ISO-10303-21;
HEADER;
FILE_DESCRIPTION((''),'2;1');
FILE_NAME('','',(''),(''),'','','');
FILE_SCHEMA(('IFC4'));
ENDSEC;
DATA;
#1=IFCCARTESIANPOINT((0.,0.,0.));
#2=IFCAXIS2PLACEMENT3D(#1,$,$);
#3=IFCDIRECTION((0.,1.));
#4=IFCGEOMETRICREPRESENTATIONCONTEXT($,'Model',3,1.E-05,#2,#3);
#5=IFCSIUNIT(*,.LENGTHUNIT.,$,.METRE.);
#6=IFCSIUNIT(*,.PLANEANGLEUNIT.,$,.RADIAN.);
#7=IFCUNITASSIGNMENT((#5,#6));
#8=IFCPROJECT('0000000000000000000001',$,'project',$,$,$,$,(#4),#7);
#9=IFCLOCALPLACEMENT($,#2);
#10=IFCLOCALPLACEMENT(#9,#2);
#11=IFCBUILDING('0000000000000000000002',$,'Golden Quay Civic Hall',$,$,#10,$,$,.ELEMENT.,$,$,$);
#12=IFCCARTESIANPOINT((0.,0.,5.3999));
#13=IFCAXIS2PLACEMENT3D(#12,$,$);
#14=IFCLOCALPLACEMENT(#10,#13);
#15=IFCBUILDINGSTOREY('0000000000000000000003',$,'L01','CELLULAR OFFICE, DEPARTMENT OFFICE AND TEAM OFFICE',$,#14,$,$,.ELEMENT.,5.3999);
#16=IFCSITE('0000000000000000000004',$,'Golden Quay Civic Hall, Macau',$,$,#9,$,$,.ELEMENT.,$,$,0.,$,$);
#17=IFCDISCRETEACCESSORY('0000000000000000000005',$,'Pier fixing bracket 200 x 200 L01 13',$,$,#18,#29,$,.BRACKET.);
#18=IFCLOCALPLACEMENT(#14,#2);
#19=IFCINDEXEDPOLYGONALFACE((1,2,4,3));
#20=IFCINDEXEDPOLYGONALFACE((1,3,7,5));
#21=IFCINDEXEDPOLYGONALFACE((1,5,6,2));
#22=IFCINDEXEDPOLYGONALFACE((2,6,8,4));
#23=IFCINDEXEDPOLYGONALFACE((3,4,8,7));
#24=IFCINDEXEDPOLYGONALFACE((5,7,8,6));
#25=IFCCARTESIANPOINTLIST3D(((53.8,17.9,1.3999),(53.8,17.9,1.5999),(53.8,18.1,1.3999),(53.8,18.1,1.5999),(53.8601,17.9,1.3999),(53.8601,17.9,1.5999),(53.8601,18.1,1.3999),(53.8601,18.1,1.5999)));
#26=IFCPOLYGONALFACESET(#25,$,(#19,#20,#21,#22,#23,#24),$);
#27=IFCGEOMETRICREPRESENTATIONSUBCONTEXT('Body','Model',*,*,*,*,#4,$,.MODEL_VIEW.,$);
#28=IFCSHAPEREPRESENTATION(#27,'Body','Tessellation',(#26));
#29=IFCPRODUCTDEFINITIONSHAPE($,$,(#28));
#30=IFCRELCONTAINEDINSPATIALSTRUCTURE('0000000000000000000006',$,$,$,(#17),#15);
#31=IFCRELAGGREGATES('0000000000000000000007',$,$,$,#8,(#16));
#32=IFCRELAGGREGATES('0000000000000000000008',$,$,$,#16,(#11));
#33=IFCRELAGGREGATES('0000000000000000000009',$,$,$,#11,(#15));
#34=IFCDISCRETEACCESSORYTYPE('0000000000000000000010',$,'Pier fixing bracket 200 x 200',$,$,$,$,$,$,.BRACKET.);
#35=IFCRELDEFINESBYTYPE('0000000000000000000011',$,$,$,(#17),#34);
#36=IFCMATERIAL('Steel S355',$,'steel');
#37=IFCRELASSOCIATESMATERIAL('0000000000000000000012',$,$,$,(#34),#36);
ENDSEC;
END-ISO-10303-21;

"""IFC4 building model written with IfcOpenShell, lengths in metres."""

from ifc_helpers import new_model, si_unit, direction, frame, origin, origin_2d, place, context, subcontext, project, spatial, rectangle, extrude, material, type_object, element, save


model = new_model("IFC4")

# Units and contexts
model_context = context("Model", 3, precision=1e-05, world=origin(), true_north=direction((0.0, 1.0)))
body_context = subcontext(model_context, "Body", "Model", "MODEL_VIEW")
ifc_project = project(units=[si_unit("LENGTHUNIT", "METRE"), si_unit("PLANEANGLEUNIT", "RADIAN")], contexts=[model_context])

# Site, building, storey
site_placement = place(None, origin())
site = spatial("IfcSite", under=ifc_project, at=site_placement, Name="Golden Quay Civic Hall, Macau", CompositionType="ELEMENT", RefElevation=0.0)
building_placement = place(site_placement, origin())
building = spatial("IfcBuilding", under=site, at=building_placement, Name="Golden Quay Civic Hall", CompositionType="ELEMENT")
storey_placement = place(building_placement, frame((0.0, 0.0, 5.3999)))
storey = spatial("IfcBuildingStorey", under=building, at=storey_placement, Name="L01", Description="CELLULAR OFFICE, DEPARTMENT OFFICE AND TEAM OFFICE", CompositionType="ELEMENT", Elevation=5.3999)

# Discrete accessory
ifc_material_1 = material(Name="Steel S355", Category="steel")
discrete_accessory_type = type_object("IfcDiscreteAccessoryType", Name="Pier fixing bracket 200 x 200", PredefinedType="BRACKET", material=ifc_material_1)
discrete_accessory_placement = place(storey_placement, frame((53.8301, 18.0, 1.3999), z_axis=(0.0, 0.0, 1.0), x_axis=(0.0, -1.0, 0.0)))
element("IfcDiscreteAccessory", 1, at=discrete_accessory_placement, inside=storey, type_object=discrete_accessory_type, Name="Pier fixing bracket 200 x 200 L01 13", PredefinedType="BRACKET", context=body_context, shape_type="SweptSolid", body=[
    extrude(rectangle(XDim=0.2, YDim=0.0601, at=origin_2d()), origin(), (0.0, 0.0, 1.0), 0.2),
])

save(model, "model.ifc")
